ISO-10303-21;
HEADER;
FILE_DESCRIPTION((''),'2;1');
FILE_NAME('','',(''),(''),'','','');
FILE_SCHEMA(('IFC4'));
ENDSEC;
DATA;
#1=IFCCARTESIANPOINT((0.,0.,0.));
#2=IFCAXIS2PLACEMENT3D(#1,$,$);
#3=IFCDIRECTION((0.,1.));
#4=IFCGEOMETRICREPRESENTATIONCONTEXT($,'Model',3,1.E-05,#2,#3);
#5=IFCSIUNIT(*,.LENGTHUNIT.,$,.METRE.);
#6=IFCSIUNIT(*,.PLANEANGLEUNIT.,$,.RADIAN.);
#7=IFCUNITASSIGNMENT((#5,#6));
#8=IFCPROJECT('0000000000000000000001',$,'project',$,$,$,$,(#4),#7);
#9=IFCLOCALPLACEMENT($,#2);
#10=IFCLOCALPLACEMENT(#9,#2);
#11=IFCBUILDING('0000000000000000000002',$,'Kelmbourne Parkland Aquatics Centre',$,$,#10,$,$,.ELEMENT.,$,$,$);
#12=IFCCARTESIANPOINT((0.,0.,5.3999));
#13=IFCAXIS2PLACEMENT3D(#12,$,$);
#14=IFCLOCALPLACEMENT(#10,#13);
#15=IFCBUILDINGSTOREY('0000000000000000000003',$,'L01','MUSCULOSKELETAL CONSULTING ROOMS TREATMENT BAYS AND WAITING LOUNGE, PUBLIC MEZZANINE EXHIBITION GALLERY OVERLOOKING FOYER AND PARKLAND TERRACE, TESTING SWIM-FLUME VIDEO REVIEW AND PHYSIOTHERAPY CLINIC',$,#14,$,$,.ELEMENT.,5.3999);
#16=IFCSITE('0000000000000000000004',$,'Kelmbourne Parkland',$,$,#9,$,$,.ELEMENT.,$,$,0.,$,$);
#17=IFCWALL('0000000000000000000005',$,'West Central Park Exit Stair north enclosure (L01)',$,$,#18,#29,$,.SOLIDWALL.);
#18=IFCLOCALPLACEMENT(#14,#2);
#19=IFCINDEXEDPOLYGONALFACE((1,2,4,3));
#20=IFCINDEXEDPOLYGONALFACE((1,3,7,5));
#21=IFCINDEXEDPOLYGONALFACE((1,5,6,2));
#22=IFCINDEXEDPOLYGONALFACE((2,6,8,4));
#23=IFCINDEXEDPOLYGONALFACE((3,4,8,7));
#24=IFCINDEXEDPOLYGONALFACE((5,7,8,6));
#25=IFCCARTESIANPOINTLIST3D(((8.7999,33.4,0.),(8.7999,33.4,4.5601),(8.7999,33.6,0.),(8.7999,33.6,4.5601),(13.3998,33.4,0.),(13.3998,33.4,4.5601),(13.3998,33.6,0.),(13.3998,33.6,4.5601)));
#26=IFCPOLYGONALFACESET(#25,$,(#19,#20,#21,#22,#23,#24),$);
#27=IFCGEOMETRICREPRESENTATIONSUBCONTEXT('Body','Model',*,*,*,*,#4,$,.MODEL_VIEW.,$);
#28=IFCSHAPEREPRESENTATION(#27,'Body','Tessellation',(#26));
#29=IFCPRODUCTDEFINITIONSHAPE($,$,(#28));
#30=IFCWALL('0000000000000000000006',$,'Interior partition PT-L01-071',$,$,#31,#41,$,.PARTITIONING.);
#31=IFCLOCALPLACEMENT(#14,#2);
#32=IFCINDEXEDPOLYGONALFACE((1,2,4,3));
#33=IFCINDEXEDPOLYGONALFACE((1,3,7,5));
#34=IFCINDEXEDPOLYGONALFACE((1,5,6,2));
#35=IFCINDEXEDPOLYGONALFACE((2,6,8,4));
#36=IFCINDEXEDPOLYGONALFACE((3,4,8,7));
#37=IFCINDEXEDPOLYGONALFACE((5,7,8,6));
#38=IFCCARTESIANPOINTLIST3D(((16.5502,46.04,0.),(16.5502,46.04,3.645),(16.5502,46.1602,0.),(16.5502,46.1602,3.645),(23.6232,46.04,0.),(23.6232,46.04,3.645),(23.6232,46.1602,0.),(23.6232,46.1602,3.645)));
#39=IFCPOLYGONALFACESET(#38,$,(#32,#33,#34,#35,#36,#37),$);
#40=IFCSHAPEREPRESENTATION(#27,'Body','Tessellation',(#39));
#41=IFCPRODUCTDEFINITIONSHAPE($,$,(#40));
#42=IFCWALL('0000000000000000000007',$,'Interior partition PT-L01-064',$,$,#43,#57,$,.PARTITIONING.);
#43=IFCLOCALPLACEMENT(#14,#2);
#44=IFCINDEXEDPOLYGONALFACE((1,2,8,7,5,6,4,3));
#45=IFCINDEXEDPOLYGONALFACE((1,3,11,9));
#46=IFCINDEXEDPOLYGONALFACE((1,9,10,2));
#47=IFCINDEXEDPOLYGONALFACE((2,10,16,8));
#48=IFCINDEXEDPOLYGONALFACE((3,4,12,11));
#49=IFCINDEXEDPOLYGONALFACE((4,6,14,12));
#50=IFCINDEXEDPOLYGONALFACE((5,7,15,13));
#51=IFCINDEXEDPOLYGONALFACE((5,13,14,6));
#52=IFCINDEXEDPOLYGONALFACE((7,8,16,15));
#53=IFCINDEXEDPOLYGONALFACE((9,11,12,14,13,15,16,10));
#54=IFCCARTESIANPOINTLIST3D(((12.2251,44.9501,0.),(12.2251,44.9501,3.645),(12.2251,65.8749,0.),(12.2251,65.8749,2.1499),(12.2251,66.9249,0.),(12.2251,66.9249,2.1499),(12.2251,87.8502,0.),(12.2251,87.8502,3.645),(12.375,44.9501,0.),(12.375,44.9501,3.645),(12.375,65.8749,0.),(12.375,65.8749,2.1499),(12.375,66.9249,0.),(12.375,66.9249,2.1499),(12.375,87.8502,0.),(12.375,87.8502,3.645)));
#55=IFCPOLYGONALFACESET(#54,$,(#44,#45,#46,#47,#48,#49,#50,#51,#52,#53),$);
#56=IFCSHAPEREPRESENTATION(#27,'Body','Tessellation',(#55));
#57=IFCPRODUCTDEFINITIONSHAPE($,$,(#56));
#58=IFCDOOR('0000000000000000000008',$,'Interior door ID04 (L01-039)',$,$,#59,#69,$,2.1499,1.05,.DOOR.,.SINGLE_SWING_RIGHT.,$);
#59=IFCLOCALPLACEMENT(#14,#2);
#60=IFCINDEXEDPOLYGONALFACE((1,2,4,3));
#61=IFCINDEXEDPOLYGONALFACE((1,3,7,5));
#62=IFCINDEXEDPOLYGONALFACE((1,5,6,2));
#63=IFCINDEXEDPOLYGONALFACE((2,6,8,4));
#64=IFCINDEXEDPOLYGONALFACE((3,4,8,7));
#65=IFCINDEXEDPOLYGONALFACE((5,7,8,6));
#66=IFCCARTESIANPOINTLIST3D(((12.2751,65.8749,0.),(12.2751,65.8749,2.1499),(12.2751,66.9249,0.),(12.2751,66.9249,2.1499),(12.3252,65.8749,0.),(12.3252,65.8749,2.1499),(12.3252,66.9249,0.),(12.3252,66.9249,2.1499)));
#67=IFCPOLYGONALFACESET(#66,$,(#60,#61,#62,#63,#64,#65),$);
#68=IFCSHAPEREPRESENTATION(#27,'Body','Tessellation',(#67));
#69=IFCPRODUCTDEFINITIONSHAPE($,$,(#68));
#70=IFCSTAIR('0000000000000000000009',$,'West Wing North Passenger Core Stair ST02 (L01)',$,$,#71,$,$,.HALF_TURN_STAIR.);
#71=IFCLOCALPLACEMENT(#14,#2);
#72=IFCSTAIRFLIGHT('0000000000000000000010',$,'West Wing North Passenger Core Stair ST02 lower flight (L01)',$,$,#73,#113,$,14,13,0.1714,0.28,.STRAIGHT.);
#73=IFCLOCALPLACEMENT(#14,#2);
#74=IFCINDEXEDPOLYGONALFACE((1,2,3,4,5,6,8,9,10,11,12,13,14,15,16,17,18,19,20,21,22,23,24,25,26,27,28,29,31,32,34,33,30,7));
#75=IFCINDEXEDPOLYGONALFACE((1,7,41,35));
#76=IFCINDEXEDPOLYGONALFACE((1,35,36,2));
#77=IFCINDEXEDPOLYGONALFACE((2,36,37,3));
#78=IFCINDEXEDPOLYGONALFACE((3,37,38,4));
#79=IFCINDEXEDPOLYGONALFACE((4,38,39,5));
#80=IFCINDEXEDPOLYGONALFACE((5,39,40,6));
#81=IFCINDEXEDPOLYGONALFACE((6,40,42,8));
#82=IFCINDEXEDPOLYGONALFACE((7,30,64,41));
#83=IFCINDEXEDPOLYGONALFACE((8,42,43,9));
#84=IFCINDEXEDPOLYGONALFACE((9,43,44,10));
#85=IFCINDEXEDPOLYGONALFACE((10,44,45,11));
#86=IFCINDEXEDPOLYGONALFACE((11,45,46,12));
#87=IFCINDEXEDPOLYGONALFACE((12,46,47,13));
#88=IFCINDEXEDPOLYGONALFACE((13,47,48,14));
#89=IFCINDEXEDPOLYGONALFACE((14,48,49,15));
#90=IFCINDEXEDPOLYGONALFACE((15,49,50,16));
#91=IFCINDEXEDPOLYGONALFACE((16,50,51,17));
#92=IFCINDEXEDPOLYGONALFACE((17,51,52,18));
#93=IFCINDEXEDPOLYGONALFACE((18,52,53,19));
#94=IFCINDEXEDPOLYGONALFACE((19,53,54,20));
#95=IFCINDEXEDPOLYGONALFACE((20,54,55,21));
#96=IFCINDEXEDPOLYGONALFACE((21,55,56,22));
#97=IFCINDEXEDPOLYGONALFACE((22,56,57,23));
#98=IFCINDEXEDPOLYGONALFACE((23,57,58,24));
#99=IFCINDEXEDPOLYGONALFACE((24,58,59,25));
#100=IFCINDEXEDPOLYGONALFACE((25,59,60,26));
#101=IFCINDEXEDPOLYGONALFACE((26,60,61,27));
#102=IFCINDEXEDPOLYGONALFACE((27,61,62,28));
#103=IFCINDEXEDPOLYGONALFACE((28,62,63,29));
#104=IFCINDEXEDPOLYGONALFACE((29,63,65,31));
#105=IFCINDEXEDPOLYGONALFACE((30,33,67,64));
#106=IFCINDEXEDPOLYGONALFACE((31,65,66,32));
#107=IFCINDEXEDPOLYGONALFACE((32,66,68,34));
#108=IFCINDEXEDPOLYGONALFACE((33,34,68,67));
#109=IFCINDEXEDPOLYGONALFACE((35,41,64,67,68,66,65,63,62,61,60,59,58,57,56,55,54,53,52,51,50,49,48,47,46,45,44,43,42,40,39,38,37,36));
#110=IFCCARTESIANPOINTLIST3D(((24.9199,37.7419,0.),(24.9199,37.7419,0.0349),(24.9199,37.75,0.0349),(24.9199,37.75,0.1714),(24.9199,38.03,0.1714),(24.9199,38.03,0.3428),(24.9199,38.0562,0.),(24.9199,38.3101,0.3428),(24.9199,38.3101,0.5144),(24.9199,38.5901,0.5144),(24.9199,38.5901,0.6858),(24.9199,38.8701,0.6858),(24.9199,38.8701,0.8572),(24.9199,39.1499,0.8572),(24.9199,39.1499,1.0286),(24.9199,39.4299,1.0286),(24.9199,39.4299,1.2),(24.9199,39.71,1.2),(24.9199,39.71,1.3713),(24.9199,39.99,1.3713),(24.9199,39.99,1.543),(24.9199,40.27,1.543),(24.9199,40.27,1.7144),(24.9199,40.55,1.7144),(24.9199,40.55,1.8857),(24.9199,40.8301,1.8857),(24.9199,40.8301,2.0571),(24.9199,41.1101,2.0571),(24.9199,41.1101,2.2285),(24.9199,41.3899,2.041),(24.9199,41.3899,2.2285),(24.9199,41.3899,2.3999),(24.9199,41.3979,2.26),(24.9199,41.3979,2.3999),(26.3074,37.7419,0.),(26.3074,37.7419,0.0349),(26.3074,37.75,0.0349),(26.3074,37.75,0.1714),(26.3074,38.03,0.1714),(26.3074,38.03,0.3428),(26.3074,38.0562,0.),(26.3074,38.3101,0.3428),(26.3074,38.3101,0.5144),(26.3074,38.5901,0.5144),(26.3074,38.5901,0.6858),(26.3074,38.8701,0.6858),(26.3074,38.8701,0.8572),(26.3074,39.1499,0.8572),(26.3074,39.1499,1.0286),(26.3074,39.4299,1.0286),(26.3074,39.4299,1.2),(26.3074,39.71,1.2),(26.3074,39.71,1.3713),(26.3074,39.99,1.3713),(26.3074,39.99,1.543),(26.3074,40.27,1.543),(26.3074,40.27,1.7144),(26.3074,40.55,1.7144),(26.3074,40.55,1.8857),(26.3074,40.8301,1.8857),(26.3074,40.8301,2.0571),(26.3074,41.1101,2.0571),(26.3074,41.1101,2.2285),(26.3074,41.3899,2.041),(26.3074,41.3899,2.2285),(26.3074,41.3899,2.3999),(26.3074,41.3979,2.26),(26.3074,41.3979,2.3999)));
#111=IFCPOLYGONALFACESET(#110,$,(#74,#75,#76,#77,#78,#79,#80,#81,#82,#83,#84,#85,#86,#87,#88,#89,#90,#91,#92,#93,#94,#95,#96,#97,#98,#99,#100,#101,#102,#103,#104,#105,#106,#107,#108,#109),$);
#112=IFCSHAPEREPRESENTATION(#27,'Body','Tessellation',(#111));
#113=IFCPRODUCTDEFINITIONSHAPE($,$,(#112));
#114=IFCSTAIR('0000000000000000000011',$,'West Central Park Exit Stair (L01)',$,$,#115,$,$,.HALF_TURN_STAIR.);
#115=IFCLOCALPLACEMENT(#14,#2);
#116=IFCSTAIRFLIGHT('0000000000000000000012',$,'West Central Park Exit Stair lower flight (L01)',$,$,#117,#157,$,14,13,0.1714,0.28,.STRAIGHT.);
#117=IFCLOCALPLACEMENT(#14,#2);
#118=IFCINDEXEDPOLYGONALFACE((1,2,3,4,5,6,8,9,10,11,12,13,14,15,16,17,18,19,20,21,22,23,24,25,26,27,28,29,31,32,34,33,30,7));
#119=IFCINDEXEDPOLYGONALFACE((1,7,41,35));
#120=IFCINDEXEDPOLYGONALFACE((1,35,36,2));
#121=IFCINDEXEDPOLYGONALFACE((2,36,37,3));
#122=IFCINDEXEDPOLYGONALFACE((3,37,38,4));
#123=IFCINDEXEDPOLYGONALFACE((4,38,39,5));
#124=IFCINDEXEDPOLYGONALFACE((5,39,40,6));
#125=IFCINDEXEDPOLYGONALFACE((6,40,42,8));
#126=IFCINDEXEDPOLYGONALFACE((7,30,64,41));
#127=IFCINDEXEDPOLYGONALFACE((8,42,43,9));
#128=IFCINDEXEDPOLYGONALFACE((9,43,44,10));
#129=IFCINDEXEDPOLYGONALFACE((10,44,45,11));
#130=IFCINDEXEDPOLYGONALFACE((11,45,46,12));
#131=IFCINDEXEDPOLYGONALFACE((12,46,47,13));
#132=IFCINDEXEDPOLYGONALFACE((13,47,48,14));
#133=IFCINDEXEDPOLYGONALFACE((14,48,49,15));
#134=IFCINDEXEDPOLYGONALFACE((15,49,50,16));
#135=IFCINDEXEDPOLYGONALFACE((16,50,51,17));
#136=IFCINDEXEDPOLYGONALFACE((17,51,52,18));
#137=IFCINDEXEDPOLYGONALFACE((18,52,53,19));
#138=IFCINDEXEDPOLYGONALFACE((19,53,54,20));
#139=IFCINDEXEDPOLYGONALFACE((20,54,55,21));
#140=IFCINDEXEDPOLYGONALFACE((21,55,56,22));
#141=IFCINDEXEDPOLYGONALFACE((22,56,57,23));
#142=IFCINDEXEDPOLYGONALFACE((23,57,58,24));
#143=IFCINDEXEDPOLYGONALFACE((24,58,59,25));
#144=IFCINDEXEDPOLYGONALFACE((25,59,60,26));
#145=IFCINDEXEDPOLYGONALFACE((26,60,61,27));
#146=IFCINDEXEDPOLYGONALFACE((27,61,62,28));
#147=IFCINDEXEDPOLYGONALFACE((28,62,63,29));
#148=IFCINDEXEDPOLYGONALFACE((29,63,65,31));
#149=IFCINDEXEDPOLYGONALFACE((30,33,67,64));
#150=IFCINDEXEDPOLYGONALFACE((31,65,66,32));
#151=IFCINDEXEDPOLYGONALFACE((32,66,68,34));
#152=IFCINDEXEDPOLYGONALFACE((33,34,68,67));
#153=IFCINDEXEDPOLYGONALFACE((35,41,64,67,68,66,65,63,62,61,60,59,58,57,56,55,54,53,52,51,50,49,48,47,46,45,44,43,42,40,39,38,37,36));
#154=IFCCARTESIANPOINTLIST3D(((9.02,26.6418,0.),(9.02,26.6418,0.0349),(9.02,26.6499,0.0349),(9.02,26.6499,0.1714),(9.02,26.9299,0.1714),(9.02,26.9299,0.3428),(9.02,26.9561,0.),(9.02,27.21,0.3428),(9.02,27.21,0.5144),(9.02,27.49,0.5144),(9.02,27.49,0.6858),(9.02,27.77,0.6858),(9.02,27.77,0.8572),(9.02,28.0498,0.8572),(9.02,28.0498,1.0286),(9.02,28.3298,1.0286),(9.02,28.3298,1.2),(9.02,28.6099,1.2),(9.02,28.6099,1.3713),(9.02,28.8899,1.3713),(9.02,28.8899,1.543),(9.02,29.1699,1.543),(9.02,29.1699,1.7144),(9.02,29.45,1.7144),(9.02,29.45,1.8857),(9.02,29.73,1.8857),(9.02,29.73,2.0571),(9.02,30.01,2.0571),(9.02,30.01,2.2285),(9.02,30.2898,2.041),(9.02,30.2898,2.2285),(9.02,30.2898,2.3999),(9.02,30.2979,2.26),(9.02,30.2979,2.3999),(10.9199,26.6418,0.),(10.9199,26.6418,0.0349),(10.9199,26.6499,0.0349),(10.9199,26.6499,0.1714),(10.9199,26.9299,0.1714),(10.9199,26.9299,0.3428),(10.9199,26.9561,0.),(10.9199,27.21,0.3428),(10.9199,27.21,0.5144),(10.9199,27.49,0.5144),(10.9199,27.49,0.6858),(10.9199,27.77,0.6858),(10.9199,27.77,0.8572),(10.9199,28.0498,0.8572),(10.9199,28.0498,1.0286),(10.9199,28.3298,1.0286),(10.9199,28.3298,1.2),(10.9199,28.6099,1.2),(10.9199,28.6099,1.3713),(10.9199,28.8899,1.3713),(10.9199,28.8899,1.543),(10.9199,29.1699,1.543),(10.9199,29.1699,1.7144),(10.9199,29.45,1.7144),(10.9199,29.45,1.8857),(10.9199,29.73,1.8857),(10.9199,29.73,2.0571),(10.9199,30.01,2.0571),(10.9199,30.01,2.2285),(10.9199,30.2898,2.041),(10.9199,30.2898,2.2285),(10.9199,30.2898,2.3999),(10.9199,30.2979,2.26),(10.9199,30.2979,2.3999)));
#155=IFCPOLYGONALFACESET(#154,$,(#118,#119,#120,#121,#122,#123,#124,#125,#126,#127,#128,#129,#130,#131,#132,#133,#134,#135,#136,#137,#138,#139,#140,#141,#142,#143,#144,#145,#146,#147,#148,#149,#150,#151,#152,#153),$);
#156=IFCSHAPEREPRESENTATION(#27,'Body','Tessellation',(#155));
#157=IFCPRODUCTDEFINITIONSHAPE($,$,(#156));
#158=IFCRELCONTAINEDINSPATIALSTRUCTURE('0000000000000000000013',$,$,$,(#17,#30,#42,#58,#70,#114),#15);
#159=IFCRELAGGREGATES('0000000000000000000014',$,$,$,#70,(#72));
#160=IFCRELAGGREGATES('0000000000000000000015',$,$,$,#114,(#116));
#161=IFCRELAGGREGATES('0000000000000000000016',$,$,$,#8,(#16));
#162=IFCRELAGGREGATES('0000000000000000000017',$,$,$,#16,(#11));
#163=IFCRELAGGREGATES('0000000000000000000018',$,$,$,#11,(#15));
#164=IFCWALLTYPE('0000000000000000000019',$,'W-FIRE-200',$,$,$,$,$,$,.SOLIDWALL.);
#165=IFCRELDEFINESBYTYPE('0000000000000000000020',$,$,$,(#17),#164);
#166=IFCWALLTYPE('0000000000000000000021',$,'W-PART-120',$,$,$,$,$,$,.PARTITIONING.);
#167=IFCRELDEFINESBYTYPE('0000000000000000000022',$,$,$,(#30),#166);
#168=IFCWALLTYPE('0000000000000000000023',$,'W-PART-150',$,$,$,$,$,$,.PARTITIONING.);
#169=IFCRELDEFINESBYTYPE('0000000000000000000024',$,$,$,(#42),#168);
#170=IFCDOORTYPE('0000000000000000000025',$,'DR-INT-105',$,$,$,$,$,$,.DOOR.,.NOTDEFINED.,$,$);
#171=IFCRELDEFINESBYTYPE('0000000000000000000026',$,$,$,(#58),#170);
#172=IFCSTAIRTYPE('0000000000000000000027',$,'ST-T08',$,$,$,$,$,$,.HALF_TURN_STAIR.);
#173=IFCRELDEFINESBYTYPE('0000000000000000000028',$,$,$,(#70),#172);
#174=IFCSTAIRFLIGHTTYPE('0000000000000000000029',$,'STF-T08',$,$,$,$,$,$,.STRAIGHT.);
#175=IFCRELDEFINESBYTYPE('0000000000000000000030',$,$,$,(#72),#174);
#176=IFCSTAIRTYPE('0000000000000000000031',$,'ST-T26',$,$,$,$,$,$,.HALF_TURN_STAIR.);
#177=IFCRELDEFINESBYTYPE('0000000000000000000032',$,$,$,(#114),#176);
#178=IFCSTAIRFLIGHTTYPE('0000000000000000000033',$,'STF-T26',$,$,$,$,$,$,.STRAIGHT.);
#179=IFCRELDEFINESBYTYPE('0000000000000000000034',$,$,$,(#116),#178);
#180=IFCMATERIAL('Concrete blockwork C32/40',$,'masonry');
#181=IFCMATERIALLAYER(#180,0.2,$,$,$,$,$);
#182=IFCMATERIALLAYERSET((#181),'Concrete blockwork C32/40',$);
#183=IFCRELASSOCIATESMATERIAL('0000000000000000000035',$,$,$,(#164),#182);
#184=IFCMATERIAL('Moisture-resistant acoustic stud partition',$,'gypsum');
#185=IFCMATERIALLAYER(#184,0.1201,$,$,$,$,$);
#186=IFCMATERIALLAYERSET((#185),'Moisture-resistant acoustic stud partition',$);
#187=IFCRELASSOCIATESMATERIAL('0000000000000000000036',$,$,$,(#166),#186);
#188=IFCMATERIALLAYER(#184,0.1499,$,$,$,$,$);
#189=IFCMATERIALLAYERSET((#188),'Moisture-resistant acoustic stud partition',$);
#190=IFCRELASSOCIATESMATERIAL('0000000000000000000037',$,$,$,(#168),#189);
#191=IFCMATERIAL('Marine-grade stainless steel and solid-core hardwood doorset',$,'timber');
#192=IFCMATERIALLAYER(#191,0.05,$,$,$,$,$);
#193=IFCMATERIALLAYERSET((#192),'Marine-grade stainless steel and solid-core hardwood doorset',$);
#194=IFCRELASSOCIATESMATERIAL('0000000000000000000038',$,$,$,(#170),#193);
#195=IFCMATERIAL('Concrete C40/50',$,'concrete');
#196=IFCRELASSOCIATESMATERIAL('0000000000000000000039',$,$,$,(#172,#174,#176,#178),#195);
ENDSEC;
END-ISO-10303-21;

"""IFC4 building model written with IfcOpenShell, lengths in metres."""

from ifc_helpers import new_model, si_unit, direction, frame, frame_2d, origin, place, context, subcontext, project, spatial, polyline, rectangle, outline, extrude, material, layer, layer_set, type_object, element, fill, aggregate, save


model = new_model("IFC4")

# Units and contexts
model_context = context("Model", 3, precision=1e-05, world=origin(), true_north=direction((0.0, 1.0)))
body_context = subcontext(model_context, "Body", "Model", "MODEL_VIEW")
ifc_project = project(units=[si_unit("LENGTHUNIT", "METRE"), si_unit("PLANEANGLEUNIT", "RADIAN")], contexts=[model_context])

# Site, building, storey
site_placement = place(None, origin())
site = spatial("IfcSite", under=ifc_project, at=site_placement, Name="Kelmbourne Parkland", CompositionType="ELEMENT", RefElevation=0.0)
building_placement = place(site_placement, origin())
building = spatial("IfcBuilding", under=site, at=building_placement, Name="Kelmbourne Parkland Aquatics Centre", CompositionType="ELEMENT")
storey_placement = place(building_placement, frame((0.0, 0.0, 5.3999)))
storey = spatial("IfcBuildingStorey", under=building, at=storey_placement, Name="L01", Description="MUSCULOSKELETAL CONSULTING ROOMS TREATMENT BAYS AND WAITING LOUNGE, PUBLIC MEZZANINE EXHIBITION GALLERY OVERLOOKING FOYER AND PARKLAND TERRACE, TESTING SWIM-FLUME VIDEO REVIEW AND PHYSIOTHERAPY CLINIC", CompositionType="ELEMENT", Elevation=5.3999)

# Shared definitions
ifc_material_1 = material(Name="Concrete C40/50", Category="concrete")

# Walls
ifc_material_2 = material(Name="Concrete blockwork C32/40", Category="masonry")
ifc_layer_1 = layer(ifc_material_2, 0.2)
ifc_layer_set_1 = layer_set([ifc_layer_1], Name="Concrete blockwork C32/40")
wall_type_1 = type_object("IfcWallType", Name="W-FIRE-200", PredefinedType="SOLIDWALL", material=ifc_layer_set_1)
wall_1_placement = place(storey_placement, frame((8.8, 33.5, 0.0), z_axis=(0.0, 0.0, 1.0), x_axis=(1.0, 0.0, 0.0)))
element("IfcWall", 1, at=wall_1_placement, inside=storey, type_object=wall_type_1, Name="West Central Park Exit Stair north enclosure (L01)", PredefinedType="SOLIDWALL", context=body_context, shape_type="SweptSolid", body=[
    extrude(rectangle(XDim=4.5999, YDim=0.2, at=frame_2d((2.2998, 0.0))), origin(), (0.0, 0.0, 1.0), 4.5601),
])
ifc_material_3 = material(Name="Moisture-resistant acoustic stud partition", Category="gypsum")
ifc_layer_2 = layer(ifc_material_3, 0.1201)
ifc_layer_set_2 = layer_set([ifc_layer_2], Name="Moisture-resistant acoustic stud partition")
wall_type_2 = type_object("IfcWallType", Name="W-PART-120", PredefinedType="PARTITIONING", material=ifc_layer_set_2)
wall_2_placement = place(storey_placement, frame((16.55, 46.1001, 0.0), z_axis=(0.0, 0.0, 1.0), x_axis=(1.0, 0.0, 0.0)))
element("IfcWall", 2, at=wall_2_placement, inside=storey, type_object=wall_type_2, Name="Interior partition PT-L01-071", PredefinedType="PARTITIONING", context=body_context, shape_type="SweptSolid", body=[
    extrude(rectangle(XDim=7.073, YDim=0.1201, at=frame_2d((3.5366, 0.0))), origin(), (0.0, 0.0, 1.0), 3.645),
])

# Wall, opening, door
ifc_layer_3 = layer(ifc_material_3, 0.1499)
ifc_layer_set_3 = layer_set([ifc_layer_3], Name="Moisture-resistant acoustic stud partition")
wall_type_3 = type_object("IfcWallType", Name="W-PART-150", PredefinedType="PARTITIONING", material=ifc_layer_set_3)
wall_3_placement = place(storey_placement, frame((12.3, 44.95, 0.0), z_axis=(0.0, 0.0, 1.0), x_axis=(0.0, 1.0, 0.0)))
wall_3 = element("IfcWall", 3, at=wall_3_placement, inside=storey, type_object=wall_type_3, Name="Interior partition PT-L01-064", PredefinedType="PARTITIONING", context=body_context, shape_type="SweptSolid", body=[
    extrude(rectangle(XDim=42.9001, YDim=0.1499, at=frame_2d((21.4502, 0.0))), origin(), (0.0, 0.0, 1.0), 3.645),
])
opening_1_placement = place(wall_3_placement, frame((20.925, 0.0, 0.0)))
opening_1 = element("IfcOpeningElement", 4, at=opening_1_placement, cuts=wall_3, PredefinedType="OPENING", context=body_context, shape_type="SweptSolid", body=[
    extrude(rectangle(XDim=1.05, YDim=2.1499, at=frame_2d((0.5249, 1.075))), frame((0.0, 0.0869, 0.0), z_axis=(0.0, -1.0, 0.0), x_axis=(1.0, 0.0, 0.0)), (0.0, 0.0, 1.0), 0.1738),
])
ifc_material_4 = material(Name="Marine-grade stainless steel and solid-core hardwood doorset", Category="timber")
ifc_layer_4 = layer(ifc_material_4, 0.05)
ifc_layer_set_4 = layer_set([ifc_layer_4], Name="Marine-grade stainless steel and solid-core hardwood doorset")
door_type_1 = type_object("IfcDoorType", Name="DR-INT-105", OperationType="NOTDEFINED", PredefinedType="DOOR", material=ifc_layer_set_4)
door_1_placement = place(opening_1_placement, origin())
door_1 = element("IfcDoor", 5, at=door_1_placement, inside=storey, type_object=door_type_1, Name="Interior door ID04 (L01-039)", OperationType="SINGLE_SWING_RIGHT", OverallHeight=2.1499, OverallWidth=1.05, PredefinedType="DOOR", context=body_context, shape_type="SweptSolid", body=[
    extrude(rectangle(XDim=1.05, YDim=2.1499, at=frame_2d((0.5249, 1.075))), frame((0.0, 0.0249, 0.0), z_axis=(0.0, -1.0, 0.0), x_axis=(1.0, 0.0, 0.0)), (0.0, 0.0, 1.0), 0.05),
])
fill(opening_1, door_1)

# Stair, stair flight
stair_type_1 = type_object("IfcStairType", Name="ST-T08", PredefinedType="HALF_TURN_STAIR", material=ifc_material_1)
stair_1_placement = place(storey_placement, origin())
stair_1 = element("IfcStair", 6, at=stair_1_placement, inside=storey, type_object=stair_type_1, Name="West Wing North Passenger Core Stair ST02 (L01)", PredefinedType="HALF_TURN_STAIR")
stair_flight_type_1 = type_object("IfcStairFlightType", Name="STF-T08", PredefinedType="STRAIGHT", material=ifc_material_1)
stair_flight_1_placement = place(storey_placement, frame((25.6138, 37.75, 0.0), z_axis=(0.0, 0.0, 1.0), x_axis=(0.0, 1.0, 0.0)))
stair_flight_1 = element("IfcStairFlight", 7, at=stair_flight_1_placement, type_object=stair_flight_type_1, Name="West Wing North Passenger Core Stair ST02 lower flight (L01)", NumberOfRisers=14, NumberOfTreads=13, PredefinedType="STRAIGHT", RiserHeight=0.1714, TreadLength=0.28, context=body_context, shape_type="SweptSolid", body=[
    extrude(outline(polyline([(-0.0081, 0.0), (-0.0081, 0.0349), (0.0, 0.0349), (0.0, 0.1714), (0.28, 0.1714), (0.28, 0.3428), (0.5601, 0.3428), (0.5601, 0.5144), (0.8401, 0.5144), (0.8401, 0.6858), (1.1201, 0.6858), (1.1201, 0.8572), (1.3999, 0.8572), (1.3999, 1.0286), (1.6799, 1.0286), (1.6799, 1.2), (1.96, 1.2), (1.96, 1.3713), (2.24, 1.3713), (2.24, 1.543), (2.52, 1.543), (2.52, 1.7144), (2.8, 1.7144), (2.8, 1.8857), (3.0801, 1.8857), (3.0801, 2.0571), (3.3601, 2.0571), (3.3601, 2.2285), (3.6399, 2.2285), (3.6399, 2.3999), (3.6479, 2.3999), (3.6479, 2.26), (3.6399, 2.041), (0.3062, 0.0), (-0.0081, 0.0)])), frame((0.0, 0.6938, 0.0), z_axis=(0.0, -1.0, 0.0), x_axis=(1.0, 0.0, 0.0)), (0.0, 0.0, 1.0), 1.3875),
])
aggregate(stair_1, [stair_flight_1])

# Stair, stair flight
stair_type_2 = type_object("IfcStairType", Name="ST-T26", PredefinedType="HALF_TURN_STAIR", material=ifc_material_1)
stair_2_placement = place(storey_placement, origin())
stair_2 = element("IfcStair", 8, at=stair_2_placement, inside=storey, type_object=stair_type_2, Name="West Central Park Exit Stair (L01)", PredefinedType="HALF_TURN_STAIR")
stair_flight_type_2 = type_object("IfcStairFlightType", Name="STF-T26", PredefinedType="STRAIGHT", material=ifc_material_1)
stair_flight_2_placement = place(storey_placement, frame((9.97, 26.6499, 0.0), z_axis=(0.0, 0.0, 1.0), x_axis=(0.0, 1.0, 0.0)))
stair_flight_2 = element("IfcStairFlight", 9, at=stair_flight_2_placement, type_object=stair_flight_type_2, Name="West Central Park Exit Stair lower flight (L01)", NumberOfRisers=14, NumberOfTreads=13, PredefinedType="STRAIGHT", RiserHeight=0.1714, TreadLength=0.28, context=body_context, shape_type="SweptSolid", body=[
    extrude(outline(polyline([(-0.0081, 0.0), (-0.0081, 0.0349), (0.0, 0.0349), (0.0, 0.1714), (0.28, 0.1714), (0.28, 0.3428), (0.5601, 0.3428), (0.5601, 0.5144), (0.8401, 0.5144), (0.8401, 0.6858), (1.1201, 0.6858), (1.1201, 0.8572), (1.3999, 0.8572), (1.3999, 1.0286), (1.6799, 1.0286), (1.6799, 1.2), (1.96, 1.2), (1.96, 1.3713), (2.24, 1.3713), (2.24, 1.543), (2.52, 1.543), (2.52, 1.7144), (2.8, 1.7144), (2.8, 1.8857), (3.0801, 1.8857), (3.0801, 2.0571), (3.3601, 2.0571), (3.3601, 2.2285), (3.6399, 2.2285), (3.6399, 2.3999), (3.6479, 2.3999), (3.6479, 2.26), (3.6399, 2.041), (0.3062, 0.0), (-0.0081, 0.0)])), frame((0.0, 0.95, 0.0), z_axis=(0.0, -1.0, 0.0), x_axis=(1.0, 0.0, 0.0)), (0.0, 0.0, 1.0), 1.8999),
])
aggregate(stair_2, [stair_flight_2])

save(model, "model.ifc")
